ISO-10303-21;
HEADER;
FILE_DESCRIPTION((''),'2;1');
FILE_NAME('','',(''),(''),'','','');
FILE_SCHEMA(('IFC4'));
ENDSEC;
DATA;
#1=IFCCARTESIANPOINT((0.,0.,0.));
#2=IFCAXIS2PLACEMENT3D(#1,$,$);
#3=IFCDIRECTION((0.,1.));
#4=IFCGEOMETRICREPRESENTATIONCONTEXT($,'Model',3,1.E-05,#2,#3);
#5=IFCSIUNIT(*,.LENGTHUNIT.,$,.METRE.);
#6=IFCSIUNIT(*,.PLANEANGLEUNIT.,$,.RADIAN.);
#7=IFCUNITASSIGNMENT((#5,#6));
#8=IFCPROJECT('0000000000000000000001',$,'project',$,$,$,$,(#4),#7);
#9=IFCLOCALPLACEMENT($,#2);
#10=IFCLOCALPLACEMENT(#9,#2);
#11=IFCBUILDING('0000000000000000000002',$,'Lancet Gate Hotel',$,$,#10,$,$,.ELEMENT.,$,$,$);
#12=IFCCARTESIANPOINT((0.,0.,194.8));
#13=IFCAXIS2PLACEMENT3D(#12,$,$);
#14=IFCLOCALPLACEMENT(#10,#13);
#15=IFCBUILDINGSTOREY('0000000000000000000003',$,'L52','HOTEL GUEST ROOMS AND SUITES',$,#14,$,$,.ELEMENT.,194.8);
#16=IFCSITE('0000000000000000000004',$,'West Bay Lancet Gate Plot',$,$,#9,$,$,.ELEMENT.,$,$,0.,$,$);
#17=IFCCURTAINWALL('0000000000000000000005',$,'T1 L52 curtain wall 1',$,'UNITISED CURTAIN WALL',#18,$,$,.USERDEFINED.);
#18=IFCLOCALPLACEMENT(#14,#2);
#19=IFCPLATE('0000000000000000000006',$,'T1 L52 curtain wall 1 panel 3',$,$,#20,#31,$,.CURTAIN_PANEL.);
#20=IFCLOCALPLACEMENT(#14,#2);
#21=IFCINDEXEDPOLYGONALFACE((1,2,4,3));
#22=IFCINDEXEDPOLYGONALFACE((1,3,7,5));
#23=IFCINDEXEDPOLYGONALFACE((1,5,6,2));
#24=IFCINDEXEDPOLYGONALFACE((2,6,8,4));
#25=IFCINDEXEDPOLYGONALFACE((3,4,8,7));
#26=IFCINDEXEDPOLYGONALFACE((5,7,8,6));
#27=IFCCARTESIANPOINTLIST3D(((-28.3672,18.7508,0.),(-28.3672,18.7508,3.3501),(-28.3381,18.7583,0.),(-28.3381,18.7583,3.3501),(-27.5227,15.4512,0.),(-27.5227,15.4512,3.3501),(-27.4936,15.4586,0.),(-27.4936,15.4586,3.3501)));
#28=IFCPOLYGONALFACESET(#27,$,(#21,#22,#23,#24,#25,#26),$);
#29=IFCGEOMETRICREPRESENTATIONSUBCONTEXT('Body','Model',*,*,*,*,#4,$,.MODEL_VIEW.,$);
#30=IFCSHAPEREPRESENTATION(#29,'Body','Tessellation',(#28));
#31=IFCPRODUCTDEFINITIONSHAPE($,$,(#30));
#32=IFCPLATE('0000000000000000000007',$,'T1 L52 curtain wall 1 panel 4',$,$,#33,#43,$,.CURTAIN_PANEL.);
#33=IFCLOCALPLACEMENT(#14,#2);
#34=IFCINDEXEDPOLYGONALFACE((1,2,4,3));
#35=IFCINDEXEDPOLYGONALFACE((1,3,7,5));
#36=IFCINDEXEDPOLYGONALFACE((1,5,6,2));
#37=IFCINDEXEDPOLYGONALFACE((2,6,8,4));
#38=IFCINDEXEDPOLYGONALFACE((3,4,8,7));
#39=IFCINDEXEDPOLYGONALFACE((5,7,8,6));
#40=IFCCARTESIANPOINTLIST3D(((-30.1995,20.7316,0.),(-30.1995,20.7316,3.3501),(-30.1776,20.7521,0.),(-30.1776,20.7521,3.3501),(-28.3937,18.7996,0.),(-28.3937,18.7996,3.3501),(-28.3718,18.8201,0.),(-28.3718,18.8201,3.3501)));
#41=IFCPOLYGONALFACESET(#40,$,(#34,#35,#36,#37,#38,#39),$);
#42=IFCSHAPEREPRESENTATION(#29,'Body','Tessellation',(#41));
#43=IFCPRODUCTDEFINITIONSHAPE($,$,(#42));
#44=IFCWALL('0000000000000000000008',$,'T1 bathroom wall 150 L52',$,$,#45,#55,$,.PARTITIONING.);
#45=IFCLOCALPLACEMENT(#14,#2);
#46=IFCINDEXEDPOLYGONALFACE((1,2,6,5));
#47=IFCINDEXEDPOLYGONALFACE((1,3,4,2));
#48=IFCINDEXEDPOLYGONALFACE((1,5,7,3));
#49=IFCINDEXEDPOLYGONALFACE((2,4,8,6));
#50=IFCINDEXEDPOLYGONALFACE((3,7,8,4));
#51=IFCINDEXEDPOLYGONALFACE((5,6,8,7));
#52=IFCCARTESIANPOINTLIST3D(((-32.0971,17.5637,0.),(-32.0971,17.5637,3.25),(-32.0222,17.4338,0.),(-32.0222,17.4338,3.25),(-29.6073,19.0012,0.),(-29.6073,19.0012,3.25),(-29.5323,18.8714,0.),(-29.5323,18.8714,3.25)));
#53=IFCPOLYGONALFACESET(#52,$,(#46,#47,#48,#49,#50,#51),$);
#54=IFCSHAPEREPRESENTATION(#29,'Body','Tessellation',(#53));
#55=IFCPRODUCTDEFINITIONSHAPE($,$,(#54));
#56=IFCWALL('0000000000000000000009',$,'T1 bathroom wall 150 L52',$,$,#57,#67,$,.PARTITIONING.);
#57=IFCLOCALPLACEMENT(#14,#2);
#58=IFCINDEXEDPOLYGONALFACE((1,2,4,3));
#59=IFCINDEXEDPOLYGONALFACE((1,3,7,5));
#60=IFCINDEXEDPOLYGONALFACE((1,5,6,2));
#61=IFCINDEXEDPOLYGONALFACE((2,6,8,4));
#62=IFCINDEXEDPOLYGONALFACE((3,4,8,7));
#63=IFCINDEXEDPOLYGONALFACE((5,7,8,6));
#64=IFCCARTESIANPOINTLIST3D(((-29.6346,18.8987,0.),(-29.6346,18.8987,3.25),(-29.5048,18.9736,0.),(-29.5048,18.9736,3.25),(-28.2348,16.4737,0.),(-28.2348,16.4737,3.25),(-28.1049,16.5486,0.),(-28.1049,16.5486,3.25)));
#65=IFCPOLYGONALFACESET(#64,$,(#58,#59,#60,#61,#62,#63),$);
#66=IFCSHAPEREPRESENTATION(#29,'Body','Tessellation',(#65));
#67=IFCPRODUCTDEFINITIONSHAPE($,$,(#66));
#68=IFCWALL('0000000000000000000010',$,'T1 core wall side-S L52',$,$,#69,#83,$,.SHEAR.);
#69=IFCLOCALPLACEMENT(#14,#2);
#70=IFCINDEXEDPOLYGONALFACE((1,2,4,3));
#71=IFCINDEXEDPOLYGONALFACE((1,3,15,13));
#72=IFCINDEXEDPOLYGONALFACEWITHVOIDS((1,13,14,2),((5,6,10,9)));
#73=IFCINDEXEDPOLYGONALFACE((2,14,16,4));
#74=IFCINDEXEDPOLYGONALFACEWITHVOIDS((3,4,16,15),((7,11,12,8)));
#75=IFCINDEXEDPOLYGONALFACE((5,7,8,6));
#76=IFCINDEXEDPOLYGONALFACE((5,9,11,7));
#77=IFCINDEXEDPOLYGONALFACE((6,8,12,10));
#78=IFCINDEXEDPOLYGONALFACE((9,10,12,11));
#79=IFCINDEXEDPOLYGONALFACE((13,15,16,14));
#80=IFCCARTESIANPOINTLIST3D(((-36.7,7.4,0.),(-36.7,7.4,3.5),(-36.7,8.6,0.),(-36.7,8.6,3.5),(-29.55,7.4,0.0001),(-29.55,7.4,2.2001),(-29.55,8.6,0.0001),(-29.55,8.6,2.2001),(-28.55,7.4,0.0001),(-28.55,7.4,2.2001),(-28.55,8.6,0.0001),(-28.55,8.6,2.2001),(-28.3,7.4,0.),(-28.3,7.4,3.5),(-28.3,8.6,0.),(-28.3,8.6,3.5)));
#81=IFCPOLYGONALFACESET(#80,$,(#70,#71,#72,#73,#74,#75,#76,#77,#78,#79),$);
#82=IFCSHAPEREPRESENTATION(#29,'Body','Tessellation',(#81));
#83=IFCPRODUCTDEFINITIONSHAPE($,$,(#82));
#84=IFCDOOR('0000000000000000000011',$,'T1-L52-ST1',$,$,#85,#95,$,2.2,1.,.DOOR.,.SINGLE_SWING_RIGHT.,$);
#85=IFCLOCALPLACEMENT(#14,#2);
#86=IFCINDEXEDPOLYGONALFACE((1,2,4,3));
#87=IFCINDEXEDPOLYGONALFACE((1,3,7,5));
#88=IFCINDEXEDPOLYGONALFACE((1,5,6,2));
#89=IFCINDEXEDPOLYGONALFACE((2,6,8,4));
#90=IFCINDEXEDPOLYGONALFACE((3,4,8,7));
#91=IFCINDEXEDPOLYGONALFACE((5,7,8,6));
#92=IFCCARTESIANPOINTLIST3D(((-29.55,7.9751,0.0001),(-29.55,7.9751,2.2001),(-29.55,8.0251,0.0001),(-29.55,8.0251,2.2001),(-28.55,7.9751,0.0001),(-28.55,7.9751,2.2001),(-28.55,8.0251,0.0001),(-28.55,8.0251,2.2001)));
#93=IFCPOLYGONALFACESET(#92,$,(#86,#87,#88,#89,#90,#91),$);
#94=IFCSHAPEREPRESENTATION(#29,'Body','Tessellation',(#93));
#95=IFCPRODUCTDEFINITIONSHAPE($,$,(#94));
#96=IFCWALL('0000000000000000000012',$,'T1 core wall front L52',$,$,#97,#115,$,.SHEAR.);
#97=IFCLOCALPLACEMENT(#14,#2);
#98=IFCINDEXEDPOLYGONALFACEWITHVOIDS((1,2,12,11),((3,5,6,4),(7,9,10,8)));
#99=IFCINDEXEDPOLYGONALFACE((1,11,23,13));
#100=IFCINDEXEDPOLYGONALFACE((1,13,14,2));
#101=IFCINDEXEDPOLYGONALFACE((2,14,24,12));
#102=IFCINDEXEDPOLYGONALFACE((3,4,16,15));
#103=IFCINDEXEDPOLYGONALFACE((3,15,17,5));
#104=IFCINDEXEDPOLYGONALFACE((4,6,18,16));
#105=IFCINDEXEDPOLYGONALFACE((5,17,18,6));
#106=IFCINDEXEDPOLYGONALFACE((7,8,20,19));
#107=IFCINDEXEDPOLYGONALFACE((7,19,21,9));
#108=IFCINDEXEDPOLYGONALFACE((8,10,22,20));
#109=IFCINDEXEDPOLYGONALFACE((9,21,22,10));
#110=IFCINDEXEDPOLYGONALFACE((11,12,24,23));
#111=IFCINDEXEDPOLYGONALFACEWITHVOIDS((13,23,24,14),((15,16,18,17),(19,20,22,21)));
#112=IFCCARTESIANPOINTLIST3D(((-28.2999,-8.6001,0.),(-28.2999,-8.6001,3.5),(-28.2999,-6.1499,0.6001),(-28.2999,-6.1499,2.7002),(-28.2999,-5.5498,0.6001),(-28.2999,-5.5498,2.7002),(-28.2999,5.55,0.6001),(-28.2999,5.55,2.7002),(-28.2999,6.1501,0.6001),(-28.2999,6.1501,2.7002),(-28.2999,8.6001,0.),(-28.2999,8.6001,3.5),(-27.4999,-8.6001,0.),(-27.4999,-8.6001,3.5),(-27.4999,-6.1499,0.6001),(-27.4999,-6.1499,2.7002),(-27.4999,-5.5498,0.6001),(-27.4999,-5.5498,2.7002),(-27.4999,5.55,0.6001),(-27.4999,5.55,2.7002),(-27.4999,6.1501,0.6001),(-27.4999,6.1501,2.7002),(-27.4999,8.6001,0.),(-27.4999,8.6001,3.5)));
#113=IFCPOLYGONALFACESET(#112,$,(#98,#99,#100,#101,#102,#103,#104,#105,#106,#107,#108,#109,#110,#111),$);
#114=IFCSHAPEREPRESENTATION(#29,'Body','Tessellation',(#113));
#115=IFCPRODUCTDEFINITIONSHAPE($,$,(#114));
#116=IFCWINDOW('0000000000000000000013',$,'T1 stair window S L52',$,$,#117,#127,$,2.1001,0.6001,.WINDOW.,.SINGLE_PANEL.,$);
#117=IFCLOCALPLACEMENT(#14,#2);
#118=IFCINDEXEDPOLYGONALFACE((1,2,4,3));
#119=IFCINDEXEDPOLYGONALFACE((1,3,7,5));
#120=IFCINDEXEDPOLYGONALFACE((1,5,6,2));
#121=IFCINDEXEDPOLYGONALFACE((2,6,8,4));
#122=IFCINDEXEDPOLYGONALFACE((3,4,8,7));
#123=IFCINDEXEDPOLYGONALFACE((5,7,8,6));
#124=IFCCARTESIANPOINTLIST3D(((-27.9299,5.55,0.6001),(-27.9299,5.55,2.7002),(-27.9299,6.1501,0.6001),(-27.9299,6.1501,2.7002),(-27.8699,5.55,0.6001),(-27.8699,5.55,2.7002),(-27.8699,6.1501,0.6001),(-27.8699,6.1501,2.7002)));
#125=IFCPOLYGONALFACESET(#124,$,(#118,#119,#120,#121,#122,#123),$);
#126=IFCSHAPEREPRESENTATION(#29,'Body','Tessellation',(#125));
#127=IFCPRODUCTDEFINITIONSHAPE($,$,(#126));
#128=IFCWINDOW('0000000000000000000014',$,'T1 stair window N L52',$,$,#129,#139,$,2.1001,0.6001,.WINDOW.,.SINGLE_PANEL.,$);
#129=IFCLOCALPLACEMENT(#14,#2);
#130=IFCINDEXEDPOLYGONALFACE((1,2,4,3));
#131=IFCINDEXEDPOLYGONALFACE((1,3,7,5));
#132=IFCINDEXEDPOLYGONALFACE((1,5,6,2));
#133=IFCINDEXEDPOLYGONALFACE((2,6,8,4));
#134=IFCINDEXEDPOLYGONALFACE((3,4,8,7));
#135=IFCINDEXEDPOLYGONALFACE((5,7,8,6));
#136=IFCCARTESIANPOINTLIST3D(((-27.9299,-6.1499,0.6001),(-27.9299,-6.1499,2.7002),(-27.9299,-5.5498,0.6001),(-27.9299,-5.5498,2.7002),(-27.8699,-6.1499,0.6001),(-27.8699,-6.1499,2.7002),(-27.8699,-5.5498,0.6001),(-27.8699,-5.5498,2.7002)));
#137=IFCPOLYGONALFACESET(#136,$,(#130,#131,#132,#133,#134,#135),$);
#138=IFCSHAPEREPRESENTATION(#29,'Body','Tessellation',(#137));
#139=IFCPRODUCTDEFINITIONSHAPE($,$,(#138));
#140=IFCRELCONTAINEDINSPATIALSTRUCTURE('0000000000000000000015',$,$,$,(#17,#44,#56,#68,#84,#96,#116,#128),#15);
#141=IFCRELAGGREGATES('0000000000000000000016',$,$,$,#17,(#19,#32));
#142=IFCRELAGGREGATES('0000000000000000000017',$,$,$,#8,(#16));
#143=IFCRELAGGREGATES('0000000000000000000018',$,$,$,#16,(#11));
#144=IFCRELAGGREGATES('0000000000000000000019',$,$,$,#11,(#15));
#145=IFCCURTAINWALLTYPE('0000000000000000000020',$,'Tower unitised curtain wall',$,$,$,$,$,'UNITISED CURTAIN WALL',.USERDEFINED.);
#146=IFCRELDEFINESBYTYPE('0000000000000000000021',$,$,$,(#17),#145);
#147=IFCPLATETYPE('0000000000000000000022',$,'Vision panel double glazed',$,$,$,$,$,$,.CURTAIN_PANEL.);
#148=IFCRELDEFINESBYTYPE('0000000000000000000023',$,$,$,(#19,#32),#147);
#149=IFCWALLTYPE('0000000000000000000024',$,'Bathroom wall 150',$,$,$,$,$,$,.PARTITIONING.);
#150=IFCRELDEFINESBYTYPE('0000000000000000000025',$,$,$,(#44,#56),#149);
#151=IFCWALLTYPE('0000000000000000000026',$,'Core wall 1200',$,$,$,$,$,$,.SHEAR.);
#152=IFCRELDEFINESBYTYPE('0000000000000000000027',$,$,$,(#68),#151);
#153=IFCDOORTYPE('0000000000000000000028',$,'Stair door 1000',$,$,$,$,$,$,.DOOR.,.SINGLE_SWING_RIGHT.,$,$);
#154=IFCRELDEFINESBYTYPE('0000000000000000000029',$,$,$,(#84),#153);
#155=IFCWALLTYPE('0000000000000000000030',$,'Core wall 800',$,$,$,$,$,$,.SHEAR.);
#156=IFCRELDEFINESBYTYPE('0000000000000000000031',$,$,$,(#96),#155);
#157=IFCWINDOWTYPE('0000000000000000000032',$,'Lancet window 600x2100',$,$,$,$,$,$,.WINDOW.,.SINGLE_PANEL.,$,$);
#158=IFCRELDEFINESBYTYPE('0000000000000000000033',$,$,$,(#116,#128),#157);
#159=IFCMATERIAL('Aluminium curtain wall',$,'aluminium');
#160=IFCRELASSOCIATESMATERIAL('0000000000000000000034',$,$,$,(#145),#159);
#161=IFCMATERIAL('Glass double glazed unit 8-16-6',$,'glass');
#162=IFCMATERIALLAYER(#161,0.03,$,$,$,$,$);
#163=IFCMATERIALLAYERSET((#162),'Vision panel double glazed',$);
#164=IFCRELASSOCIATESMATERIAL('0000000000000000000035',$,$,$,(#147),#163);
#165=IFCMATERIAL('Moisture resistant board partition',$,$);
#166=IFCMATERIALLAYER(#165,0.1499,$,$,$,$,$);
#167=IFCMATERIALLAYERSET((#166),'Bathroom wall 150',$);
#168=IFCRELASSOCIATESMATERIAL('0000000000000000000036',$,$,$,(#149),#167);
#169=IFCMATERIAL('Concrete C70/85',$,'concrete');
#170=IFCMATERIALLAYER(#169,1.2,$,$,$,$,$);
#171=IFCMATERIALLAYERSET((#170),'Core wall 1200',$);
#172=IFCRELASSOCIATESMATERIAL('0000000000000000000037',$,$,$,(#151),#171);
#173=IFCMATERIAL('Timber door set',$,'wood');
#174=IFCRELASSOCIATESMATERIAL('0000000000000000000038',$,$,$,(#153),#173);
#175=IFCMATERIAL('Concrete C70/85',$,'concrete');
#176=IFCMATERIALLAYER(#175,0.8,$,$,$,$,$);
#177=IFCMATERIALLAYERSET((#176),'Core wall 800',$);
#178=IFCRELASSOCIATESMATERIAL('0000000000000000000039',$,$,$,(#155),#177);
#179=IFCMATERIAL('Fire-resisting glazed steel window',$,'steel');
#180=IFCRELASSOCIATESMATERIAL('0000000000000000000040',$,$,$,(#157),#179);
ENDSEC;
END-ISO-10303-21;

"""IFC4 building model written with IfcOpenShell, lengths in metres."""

from ifc_helpers import new_model, si_unit, direction, frame, frame_2d, origin, origin_2d, place, context, subcontext, project, spatial, rectangle, extrude, material, layer, layer_set, type_object, element, fill, aggregate, save


model = new_model("IFC4")

# Units and contexts
model_context = context("Model", 3, precision=1e-05, world=origin(), true_north=direction((0.0, 1.0)))
body_context = subcontext(model_context, "Body", "Model", "MODEL_VIEW")
ifc_project = project(units=[si_unit("LENGTHUNIT", "METRE"), si_unit("PLANEANGLEUNIT", "RADIAN")], contexts=[model_context])

# Site, building, storey
site_placement = place(None, origin())
site = spatial("IfcSite", under=ifc_project, at=site_placement, Name="West Bay Lancet Gate Plot", CompositionType="ELEMENT", RefElevation=0.0)
building_placement = place(site_placement, origin())
building = spatial("IfcBuilding", under=site, at=building_placement, Name="Lancet Gate Hotel", CompositionType="ELEMENT")
storey_placement = place(building_placement, frame((0.0, 0.0, 194.8)))
storey = spatial("IfcBuildingStorey", under=building, at=storey_placement, Name="L52", Description="HOTEL GUEST ROOMS AND SUITES", CompositionType="ELEMENT", Elevation=194.8)

# Curtain wall
ifc_material_1 = material(Name="Aluminium curtain wall", Category="aluminium")
curtain_wall_type = type_object("IfcCurtainWallType", Name="Tower unitised curtain wall", ElementType="UNITISED CURTAIN WALL", PredefinedType="USERDEFINED", material=ifc_material_1)
curtain_wall_placement = place(storey_placement, origin())
curtain_wall = element("IfcCurtainWall", 1, at=curtain_wall_placement, inside=storey, type_object=curtain_wall_type, Name="T1 L52 curtain wall 1", ObjectType="UNITISED CURTAIN WALL", PredefinedType="USERDEFINED")

# Plates
ifc_material_2 = material(Name="Glass double glazed unit 8-16-6", Category="glass")
ifc_layer_1 = layer(ifc_material_2, 0.03)
ifc_layer_set_1 = layer_set([ifc_layer_1], Name="Vision panel double glazed")
plate_type = type_object("IfcPlateType", Name="Vision panel double glazed", PredefinedType="CURTAIN_PANEL", material=ifc_layer_set_1)
plate_1_placement = place(storey_placement, frame((-27.9304, 17.1047, 0.0), z_axis=(0.0, 0.0, 1.0), x_axis=(-0.247937, 0.968776, 0.0)))
plate_1 = element("IfcPlate", 2, at=plate_1_placement, type_object=plate_type, Name="T1 L52 curtain wall 1 panel 3", PredefinedType="CURTAIN_PANEL", context=body_context, shape_type="SweptSolid", body=[
    extrude(rectangle(XDim=3.406, YDim=0.03, at=origin_2d()), origin(), (0.0, 0.0, 1.0), 3.3501),
])
plate_2_placement = place(storey_placement, frame((-29.2856, 19.7759, 0.0), z_axis=(0.0, 0.0, 1.0), x_axis=(-0.682845, 0.730563, 0.0)))
plate_2 = element("IfcPlate", 3, at=plate_2_placement, type_object=plate_type, Name="T1 L52 curtain wall 1 panel 4", PredefinedType="CURTAIN_PANEL", context=body_context, shape_type="SweptSolid", body=[
    extrude(rectangle(XDim=2.6445, YDim=0.03, at=origin_2d()), origin(), (0.0, 0.0, 1.0), 3.3501),
])
aggregate(curtain_wall, [plate_1, plate_2])

# Walls
ifc_material_3 = material(Name="Moisture resistant board partition")
ifc_layer_2 = layer(ifc_material_3, 0.1499)
ifc_layer_set_2 = layer_set([ifc_layer_2], Name="Bathroom wall 150")
wall_type_1 = type_object("IfcWallType", Name="Bathroom wall 150", PredefinedType="PARTITIONING", material=ifc_layer_set_2)
wall_1_placement = place(storey_placement, frame((-29.5698, 18.9363, 0.0), z_axis=(0.0, 0.0, 1.0), x_axis=(-0.866019, -0.500012, 0.0)))
element("IfcWall", 4, at=wall_1_placement, inside=storey, type_object=wall_type_1, Name="T1 bathroom wall 150 L52", PredefinedType="PARTITIONING", context=body_context, shape_type="SweptSolid", body=[
    extrude(rectangle(XDim=2.875, YDim=0.1499, at=frame_2d((1.4375, 0.0))), origin(), (0.0, 0.0, 1.0), 3.25),
])
wall_2_placement = place(storey_placement, frame((-28.1699, 16.5112, 0.0), z_axis=(0.0, 0.0, 1.0), x_axis=(-0.499946, 0.866056, 0.0)))
element("IfcWall", 5, at=wall_2_placement, inside=storey, type_object=wall_type_1, Name="T1 bathroom wall 150 L52", PredefinedType="PARTITIONING", context=body_context, shape_type="SweptSolid", body=[
    extrude(rectangle(XDim=2.8, YDim=0.1499, at=frame_2d((1.3999, 0.0))), origin(), (0.0, 0.0, 1.0), 3.25),
])

# Wall, opening, door
ifc_material_4 = material(Name="Concrete C70/85", Category="concrete")
ifc_layer_3 = layer(ifc_material_4, 1.2)
ifc_layer_set_3 = layer_set([ifc_layer_3], Name="Core wall 1200")
wall_type_2 = type_object("IfcWallType", Name="Core wall 1200", PredefinedType="SHEAR", material=ifc_layer_set_3)
wall_3_placement = place(storey_placement, frame((-28.3, 8.0, 0.0), z_axis=(0.0, 0.0, 1.0), x_axis=(-1.0, 0.0, 0.0)))
wall_3 = element("IfcWall", 6, at=wall_3_placement, inside=storey, type_object=wall_type_2, Name="T1 core wall side-S L52", PredefinedType="SHEAR", context=body_context, shape_type="SweptSolid", body=[
    extrude(rectangle(XDim=8.3999, YDim=1.2, at=frame_2d((4.2, 0.0))), origin(), (0.0, 0.0, 1.0), 3.5),
])
opening_1_placement = place(wall_3_placement, frame((0.25, 0.0, 0.0)))
opening_1 = element("IfcOpeningElement", 7, at=opening_1_placement, cuts=wall_3, PredefinedType="OPENING", context=body_context, shape_type="SweptSolid", body=[
    extrude(rectangle(XDim=1.0, YDim=2.2, at=frame_2d((0.5, 1.1001))), frame((0.0, 0.6099, 0.0), z_axis=(0.0, -1.0, 0.0), x_axis=(1.0, 0.0, 0.0)), (0.0, 0.0, 1.0), 1.22),
])
ifc_material_5 = material(Name="Timber door set", Category="wood")
door_type_1 = type_object("IfcDoorType", Name="Stair door 1000", OperationType="SINGLE_SWING_RIGHT", PredefinedType="DOOR", material=ifc_material_5)
door_1_placement = place(opening_1_placement, origin())
door_1 = element("IfcDoor", 8, at=door_1_placement, inside=storey, type_object=door_type_1, Name="T1-L52-ST1", OperationType="SINGLE_SWING_RIGHT", OverallHeight=2.2, OverallWidth=1.0, PredefinedType="DOOR", context=body_context, shape_type="SweptSolid", body=[
    extrude(rectangle(XDim=1.0, YDim=2.2, at=frame_2d((0.5, 1.1001))), frame((0.0, 0.0249, 0.0), z_axis=(0.0, -1.0, 0.0), x_axis=(1.0, 0.0, 0.0)), (0.0, 0.0, 1.0), 0.05),
])
fill(opening_1, door_1)

# Wall, openings, windows
ifc_material_6 = material(Name="Concrete C70/85", Category="concrete")
ifc_layer_4 = layer(ifc_material_6, 0.8)
ifc_layer_set_4 = layer_set([ifc_layer_4], Name="Core wall 800")
wall_type_3 = type_object("IfcWallType", Name="Core wall 800", PredefinedType="SHEAR", material=ifc_layer_set_4)
wall_4_placement = place(storey_placement, frame((-27.8999, 8.6001, 0.0), z_axis=(0.0, 0.0, 1.0), x_axis=(0.0, -1.0, 0.0)))
wall_4 = element("IfcWall", 9, at=wall_4_placement, inside=storey, type_object=wall_type_3, Name="T1 core wall front L52", PredefinedType="SHEAR", context=body_context, shape_type="SweptSolid", body=[
    extrude(rectangle(XDim=17.2002, YDim=0.8, at=frame_2d((8.6001, 0.0))), origin(), (0.0, 0.0, 1.0), 3.5),
])
opening_2_placement = place(wall_4_placement, frame((2.45, 0.0, 0.6001)))
opening_2 = element("IfcOpeningElement", 10, at=opening_2_placement, cuts=wall_4, PredefinedType="OPENING", context=body_context, shape_type="SweptSolid", body=[
    extrude(rectangle(XDim=0.6001, YDim=2.1001, at=frame_2d((0.3, 1.05))), frame((0.0, 0.4099, 0.0), z_axis=(0.0, -1.0, 0.0), x_axis=(1.0, 0.0, 0.0)), (0.0, 0.0, 1.0), 0.8201),
])
opening_3_placement = place(wall_4_placement, frame((14.1499, 0.0, 0.6001)))
opening_3 = element("IfcOpeningElement", 11, at=opening_3_placement, cuts=wall_4, PredefinedType="OPENING", context=body_context, shape_type="SweptSolid", body=[
    extrude(rectangle(XDim=0.6001, YDim=2.1001, at=frame_2d((0.3, 1.05))), frame((0.0, 0.4099, 0.0), z_axis=(0.0, -1.0, 0.0), x_axis=(1.0, 0.0, 0.0)), (0.0, 0.0, 1.0), 0.8201),
])
ifc_material_7 = material(Name="Fire-resisting glazed steel window", Category="steel")
window_type = type_object("IfcWindowType", Name="Lancet window 600x2100", PartitioningType="SINGLE_PANEL", PredefinedType="WINDOW", material=ifc_material_7)
window_1_placement = place(opening_2_placement, origin())
window_1 = element("IfcWindow", 12, at=window_1_placement, inside=storey, type_object=window_type, Name="T1 stair window S L52", OverallHeight=2.1001, OverallWidth=0.6001, PartitioningType="SINGLE_PANEL", PredefinedType="WINDOW", context=body_context, shape_type="SweptSolid", body=[
    extrude(rectangle(XDim=0.6001, YDim=2.1001, at=frame_2d((0.3, 1.05))), frame((0.0, 0.03, 0.0), z_axis=(0.0, -1.0, 0.0), x_axis=(1.0, 0.0, 0.0)), (0.0, 0.0, 1.0), 0.0601),
])
fill(opening_2, window_1)
window_2_placement = place(opening_3_placement, origin())
window_2 = element("IfcWindow", 13, at=window_2_placement, inside=storey, type_object=window_type, Name="T1 stair window N L52", OverallHeight=2.1001, OverallWidth=0.6001, PartitioningType="SINGLE_PANEL", PredefinedType="WINDOW", context=body_context, shape_type="SweptSolid", body=[
    extrude(rectangle(XDim=0.6001, YDim=2.1001, at=frame_2d((0.3, 1.05))), frame((0.0, 0.03, 0.0), z_axis=(0.0, -1.0, 0.0), x_axis=(1.0, 0.0, 0.0)), (0.0, 0.0, 1.0), 0.0601),
])
fill(opening_3, window_2)

save(model, "model.ifc")
